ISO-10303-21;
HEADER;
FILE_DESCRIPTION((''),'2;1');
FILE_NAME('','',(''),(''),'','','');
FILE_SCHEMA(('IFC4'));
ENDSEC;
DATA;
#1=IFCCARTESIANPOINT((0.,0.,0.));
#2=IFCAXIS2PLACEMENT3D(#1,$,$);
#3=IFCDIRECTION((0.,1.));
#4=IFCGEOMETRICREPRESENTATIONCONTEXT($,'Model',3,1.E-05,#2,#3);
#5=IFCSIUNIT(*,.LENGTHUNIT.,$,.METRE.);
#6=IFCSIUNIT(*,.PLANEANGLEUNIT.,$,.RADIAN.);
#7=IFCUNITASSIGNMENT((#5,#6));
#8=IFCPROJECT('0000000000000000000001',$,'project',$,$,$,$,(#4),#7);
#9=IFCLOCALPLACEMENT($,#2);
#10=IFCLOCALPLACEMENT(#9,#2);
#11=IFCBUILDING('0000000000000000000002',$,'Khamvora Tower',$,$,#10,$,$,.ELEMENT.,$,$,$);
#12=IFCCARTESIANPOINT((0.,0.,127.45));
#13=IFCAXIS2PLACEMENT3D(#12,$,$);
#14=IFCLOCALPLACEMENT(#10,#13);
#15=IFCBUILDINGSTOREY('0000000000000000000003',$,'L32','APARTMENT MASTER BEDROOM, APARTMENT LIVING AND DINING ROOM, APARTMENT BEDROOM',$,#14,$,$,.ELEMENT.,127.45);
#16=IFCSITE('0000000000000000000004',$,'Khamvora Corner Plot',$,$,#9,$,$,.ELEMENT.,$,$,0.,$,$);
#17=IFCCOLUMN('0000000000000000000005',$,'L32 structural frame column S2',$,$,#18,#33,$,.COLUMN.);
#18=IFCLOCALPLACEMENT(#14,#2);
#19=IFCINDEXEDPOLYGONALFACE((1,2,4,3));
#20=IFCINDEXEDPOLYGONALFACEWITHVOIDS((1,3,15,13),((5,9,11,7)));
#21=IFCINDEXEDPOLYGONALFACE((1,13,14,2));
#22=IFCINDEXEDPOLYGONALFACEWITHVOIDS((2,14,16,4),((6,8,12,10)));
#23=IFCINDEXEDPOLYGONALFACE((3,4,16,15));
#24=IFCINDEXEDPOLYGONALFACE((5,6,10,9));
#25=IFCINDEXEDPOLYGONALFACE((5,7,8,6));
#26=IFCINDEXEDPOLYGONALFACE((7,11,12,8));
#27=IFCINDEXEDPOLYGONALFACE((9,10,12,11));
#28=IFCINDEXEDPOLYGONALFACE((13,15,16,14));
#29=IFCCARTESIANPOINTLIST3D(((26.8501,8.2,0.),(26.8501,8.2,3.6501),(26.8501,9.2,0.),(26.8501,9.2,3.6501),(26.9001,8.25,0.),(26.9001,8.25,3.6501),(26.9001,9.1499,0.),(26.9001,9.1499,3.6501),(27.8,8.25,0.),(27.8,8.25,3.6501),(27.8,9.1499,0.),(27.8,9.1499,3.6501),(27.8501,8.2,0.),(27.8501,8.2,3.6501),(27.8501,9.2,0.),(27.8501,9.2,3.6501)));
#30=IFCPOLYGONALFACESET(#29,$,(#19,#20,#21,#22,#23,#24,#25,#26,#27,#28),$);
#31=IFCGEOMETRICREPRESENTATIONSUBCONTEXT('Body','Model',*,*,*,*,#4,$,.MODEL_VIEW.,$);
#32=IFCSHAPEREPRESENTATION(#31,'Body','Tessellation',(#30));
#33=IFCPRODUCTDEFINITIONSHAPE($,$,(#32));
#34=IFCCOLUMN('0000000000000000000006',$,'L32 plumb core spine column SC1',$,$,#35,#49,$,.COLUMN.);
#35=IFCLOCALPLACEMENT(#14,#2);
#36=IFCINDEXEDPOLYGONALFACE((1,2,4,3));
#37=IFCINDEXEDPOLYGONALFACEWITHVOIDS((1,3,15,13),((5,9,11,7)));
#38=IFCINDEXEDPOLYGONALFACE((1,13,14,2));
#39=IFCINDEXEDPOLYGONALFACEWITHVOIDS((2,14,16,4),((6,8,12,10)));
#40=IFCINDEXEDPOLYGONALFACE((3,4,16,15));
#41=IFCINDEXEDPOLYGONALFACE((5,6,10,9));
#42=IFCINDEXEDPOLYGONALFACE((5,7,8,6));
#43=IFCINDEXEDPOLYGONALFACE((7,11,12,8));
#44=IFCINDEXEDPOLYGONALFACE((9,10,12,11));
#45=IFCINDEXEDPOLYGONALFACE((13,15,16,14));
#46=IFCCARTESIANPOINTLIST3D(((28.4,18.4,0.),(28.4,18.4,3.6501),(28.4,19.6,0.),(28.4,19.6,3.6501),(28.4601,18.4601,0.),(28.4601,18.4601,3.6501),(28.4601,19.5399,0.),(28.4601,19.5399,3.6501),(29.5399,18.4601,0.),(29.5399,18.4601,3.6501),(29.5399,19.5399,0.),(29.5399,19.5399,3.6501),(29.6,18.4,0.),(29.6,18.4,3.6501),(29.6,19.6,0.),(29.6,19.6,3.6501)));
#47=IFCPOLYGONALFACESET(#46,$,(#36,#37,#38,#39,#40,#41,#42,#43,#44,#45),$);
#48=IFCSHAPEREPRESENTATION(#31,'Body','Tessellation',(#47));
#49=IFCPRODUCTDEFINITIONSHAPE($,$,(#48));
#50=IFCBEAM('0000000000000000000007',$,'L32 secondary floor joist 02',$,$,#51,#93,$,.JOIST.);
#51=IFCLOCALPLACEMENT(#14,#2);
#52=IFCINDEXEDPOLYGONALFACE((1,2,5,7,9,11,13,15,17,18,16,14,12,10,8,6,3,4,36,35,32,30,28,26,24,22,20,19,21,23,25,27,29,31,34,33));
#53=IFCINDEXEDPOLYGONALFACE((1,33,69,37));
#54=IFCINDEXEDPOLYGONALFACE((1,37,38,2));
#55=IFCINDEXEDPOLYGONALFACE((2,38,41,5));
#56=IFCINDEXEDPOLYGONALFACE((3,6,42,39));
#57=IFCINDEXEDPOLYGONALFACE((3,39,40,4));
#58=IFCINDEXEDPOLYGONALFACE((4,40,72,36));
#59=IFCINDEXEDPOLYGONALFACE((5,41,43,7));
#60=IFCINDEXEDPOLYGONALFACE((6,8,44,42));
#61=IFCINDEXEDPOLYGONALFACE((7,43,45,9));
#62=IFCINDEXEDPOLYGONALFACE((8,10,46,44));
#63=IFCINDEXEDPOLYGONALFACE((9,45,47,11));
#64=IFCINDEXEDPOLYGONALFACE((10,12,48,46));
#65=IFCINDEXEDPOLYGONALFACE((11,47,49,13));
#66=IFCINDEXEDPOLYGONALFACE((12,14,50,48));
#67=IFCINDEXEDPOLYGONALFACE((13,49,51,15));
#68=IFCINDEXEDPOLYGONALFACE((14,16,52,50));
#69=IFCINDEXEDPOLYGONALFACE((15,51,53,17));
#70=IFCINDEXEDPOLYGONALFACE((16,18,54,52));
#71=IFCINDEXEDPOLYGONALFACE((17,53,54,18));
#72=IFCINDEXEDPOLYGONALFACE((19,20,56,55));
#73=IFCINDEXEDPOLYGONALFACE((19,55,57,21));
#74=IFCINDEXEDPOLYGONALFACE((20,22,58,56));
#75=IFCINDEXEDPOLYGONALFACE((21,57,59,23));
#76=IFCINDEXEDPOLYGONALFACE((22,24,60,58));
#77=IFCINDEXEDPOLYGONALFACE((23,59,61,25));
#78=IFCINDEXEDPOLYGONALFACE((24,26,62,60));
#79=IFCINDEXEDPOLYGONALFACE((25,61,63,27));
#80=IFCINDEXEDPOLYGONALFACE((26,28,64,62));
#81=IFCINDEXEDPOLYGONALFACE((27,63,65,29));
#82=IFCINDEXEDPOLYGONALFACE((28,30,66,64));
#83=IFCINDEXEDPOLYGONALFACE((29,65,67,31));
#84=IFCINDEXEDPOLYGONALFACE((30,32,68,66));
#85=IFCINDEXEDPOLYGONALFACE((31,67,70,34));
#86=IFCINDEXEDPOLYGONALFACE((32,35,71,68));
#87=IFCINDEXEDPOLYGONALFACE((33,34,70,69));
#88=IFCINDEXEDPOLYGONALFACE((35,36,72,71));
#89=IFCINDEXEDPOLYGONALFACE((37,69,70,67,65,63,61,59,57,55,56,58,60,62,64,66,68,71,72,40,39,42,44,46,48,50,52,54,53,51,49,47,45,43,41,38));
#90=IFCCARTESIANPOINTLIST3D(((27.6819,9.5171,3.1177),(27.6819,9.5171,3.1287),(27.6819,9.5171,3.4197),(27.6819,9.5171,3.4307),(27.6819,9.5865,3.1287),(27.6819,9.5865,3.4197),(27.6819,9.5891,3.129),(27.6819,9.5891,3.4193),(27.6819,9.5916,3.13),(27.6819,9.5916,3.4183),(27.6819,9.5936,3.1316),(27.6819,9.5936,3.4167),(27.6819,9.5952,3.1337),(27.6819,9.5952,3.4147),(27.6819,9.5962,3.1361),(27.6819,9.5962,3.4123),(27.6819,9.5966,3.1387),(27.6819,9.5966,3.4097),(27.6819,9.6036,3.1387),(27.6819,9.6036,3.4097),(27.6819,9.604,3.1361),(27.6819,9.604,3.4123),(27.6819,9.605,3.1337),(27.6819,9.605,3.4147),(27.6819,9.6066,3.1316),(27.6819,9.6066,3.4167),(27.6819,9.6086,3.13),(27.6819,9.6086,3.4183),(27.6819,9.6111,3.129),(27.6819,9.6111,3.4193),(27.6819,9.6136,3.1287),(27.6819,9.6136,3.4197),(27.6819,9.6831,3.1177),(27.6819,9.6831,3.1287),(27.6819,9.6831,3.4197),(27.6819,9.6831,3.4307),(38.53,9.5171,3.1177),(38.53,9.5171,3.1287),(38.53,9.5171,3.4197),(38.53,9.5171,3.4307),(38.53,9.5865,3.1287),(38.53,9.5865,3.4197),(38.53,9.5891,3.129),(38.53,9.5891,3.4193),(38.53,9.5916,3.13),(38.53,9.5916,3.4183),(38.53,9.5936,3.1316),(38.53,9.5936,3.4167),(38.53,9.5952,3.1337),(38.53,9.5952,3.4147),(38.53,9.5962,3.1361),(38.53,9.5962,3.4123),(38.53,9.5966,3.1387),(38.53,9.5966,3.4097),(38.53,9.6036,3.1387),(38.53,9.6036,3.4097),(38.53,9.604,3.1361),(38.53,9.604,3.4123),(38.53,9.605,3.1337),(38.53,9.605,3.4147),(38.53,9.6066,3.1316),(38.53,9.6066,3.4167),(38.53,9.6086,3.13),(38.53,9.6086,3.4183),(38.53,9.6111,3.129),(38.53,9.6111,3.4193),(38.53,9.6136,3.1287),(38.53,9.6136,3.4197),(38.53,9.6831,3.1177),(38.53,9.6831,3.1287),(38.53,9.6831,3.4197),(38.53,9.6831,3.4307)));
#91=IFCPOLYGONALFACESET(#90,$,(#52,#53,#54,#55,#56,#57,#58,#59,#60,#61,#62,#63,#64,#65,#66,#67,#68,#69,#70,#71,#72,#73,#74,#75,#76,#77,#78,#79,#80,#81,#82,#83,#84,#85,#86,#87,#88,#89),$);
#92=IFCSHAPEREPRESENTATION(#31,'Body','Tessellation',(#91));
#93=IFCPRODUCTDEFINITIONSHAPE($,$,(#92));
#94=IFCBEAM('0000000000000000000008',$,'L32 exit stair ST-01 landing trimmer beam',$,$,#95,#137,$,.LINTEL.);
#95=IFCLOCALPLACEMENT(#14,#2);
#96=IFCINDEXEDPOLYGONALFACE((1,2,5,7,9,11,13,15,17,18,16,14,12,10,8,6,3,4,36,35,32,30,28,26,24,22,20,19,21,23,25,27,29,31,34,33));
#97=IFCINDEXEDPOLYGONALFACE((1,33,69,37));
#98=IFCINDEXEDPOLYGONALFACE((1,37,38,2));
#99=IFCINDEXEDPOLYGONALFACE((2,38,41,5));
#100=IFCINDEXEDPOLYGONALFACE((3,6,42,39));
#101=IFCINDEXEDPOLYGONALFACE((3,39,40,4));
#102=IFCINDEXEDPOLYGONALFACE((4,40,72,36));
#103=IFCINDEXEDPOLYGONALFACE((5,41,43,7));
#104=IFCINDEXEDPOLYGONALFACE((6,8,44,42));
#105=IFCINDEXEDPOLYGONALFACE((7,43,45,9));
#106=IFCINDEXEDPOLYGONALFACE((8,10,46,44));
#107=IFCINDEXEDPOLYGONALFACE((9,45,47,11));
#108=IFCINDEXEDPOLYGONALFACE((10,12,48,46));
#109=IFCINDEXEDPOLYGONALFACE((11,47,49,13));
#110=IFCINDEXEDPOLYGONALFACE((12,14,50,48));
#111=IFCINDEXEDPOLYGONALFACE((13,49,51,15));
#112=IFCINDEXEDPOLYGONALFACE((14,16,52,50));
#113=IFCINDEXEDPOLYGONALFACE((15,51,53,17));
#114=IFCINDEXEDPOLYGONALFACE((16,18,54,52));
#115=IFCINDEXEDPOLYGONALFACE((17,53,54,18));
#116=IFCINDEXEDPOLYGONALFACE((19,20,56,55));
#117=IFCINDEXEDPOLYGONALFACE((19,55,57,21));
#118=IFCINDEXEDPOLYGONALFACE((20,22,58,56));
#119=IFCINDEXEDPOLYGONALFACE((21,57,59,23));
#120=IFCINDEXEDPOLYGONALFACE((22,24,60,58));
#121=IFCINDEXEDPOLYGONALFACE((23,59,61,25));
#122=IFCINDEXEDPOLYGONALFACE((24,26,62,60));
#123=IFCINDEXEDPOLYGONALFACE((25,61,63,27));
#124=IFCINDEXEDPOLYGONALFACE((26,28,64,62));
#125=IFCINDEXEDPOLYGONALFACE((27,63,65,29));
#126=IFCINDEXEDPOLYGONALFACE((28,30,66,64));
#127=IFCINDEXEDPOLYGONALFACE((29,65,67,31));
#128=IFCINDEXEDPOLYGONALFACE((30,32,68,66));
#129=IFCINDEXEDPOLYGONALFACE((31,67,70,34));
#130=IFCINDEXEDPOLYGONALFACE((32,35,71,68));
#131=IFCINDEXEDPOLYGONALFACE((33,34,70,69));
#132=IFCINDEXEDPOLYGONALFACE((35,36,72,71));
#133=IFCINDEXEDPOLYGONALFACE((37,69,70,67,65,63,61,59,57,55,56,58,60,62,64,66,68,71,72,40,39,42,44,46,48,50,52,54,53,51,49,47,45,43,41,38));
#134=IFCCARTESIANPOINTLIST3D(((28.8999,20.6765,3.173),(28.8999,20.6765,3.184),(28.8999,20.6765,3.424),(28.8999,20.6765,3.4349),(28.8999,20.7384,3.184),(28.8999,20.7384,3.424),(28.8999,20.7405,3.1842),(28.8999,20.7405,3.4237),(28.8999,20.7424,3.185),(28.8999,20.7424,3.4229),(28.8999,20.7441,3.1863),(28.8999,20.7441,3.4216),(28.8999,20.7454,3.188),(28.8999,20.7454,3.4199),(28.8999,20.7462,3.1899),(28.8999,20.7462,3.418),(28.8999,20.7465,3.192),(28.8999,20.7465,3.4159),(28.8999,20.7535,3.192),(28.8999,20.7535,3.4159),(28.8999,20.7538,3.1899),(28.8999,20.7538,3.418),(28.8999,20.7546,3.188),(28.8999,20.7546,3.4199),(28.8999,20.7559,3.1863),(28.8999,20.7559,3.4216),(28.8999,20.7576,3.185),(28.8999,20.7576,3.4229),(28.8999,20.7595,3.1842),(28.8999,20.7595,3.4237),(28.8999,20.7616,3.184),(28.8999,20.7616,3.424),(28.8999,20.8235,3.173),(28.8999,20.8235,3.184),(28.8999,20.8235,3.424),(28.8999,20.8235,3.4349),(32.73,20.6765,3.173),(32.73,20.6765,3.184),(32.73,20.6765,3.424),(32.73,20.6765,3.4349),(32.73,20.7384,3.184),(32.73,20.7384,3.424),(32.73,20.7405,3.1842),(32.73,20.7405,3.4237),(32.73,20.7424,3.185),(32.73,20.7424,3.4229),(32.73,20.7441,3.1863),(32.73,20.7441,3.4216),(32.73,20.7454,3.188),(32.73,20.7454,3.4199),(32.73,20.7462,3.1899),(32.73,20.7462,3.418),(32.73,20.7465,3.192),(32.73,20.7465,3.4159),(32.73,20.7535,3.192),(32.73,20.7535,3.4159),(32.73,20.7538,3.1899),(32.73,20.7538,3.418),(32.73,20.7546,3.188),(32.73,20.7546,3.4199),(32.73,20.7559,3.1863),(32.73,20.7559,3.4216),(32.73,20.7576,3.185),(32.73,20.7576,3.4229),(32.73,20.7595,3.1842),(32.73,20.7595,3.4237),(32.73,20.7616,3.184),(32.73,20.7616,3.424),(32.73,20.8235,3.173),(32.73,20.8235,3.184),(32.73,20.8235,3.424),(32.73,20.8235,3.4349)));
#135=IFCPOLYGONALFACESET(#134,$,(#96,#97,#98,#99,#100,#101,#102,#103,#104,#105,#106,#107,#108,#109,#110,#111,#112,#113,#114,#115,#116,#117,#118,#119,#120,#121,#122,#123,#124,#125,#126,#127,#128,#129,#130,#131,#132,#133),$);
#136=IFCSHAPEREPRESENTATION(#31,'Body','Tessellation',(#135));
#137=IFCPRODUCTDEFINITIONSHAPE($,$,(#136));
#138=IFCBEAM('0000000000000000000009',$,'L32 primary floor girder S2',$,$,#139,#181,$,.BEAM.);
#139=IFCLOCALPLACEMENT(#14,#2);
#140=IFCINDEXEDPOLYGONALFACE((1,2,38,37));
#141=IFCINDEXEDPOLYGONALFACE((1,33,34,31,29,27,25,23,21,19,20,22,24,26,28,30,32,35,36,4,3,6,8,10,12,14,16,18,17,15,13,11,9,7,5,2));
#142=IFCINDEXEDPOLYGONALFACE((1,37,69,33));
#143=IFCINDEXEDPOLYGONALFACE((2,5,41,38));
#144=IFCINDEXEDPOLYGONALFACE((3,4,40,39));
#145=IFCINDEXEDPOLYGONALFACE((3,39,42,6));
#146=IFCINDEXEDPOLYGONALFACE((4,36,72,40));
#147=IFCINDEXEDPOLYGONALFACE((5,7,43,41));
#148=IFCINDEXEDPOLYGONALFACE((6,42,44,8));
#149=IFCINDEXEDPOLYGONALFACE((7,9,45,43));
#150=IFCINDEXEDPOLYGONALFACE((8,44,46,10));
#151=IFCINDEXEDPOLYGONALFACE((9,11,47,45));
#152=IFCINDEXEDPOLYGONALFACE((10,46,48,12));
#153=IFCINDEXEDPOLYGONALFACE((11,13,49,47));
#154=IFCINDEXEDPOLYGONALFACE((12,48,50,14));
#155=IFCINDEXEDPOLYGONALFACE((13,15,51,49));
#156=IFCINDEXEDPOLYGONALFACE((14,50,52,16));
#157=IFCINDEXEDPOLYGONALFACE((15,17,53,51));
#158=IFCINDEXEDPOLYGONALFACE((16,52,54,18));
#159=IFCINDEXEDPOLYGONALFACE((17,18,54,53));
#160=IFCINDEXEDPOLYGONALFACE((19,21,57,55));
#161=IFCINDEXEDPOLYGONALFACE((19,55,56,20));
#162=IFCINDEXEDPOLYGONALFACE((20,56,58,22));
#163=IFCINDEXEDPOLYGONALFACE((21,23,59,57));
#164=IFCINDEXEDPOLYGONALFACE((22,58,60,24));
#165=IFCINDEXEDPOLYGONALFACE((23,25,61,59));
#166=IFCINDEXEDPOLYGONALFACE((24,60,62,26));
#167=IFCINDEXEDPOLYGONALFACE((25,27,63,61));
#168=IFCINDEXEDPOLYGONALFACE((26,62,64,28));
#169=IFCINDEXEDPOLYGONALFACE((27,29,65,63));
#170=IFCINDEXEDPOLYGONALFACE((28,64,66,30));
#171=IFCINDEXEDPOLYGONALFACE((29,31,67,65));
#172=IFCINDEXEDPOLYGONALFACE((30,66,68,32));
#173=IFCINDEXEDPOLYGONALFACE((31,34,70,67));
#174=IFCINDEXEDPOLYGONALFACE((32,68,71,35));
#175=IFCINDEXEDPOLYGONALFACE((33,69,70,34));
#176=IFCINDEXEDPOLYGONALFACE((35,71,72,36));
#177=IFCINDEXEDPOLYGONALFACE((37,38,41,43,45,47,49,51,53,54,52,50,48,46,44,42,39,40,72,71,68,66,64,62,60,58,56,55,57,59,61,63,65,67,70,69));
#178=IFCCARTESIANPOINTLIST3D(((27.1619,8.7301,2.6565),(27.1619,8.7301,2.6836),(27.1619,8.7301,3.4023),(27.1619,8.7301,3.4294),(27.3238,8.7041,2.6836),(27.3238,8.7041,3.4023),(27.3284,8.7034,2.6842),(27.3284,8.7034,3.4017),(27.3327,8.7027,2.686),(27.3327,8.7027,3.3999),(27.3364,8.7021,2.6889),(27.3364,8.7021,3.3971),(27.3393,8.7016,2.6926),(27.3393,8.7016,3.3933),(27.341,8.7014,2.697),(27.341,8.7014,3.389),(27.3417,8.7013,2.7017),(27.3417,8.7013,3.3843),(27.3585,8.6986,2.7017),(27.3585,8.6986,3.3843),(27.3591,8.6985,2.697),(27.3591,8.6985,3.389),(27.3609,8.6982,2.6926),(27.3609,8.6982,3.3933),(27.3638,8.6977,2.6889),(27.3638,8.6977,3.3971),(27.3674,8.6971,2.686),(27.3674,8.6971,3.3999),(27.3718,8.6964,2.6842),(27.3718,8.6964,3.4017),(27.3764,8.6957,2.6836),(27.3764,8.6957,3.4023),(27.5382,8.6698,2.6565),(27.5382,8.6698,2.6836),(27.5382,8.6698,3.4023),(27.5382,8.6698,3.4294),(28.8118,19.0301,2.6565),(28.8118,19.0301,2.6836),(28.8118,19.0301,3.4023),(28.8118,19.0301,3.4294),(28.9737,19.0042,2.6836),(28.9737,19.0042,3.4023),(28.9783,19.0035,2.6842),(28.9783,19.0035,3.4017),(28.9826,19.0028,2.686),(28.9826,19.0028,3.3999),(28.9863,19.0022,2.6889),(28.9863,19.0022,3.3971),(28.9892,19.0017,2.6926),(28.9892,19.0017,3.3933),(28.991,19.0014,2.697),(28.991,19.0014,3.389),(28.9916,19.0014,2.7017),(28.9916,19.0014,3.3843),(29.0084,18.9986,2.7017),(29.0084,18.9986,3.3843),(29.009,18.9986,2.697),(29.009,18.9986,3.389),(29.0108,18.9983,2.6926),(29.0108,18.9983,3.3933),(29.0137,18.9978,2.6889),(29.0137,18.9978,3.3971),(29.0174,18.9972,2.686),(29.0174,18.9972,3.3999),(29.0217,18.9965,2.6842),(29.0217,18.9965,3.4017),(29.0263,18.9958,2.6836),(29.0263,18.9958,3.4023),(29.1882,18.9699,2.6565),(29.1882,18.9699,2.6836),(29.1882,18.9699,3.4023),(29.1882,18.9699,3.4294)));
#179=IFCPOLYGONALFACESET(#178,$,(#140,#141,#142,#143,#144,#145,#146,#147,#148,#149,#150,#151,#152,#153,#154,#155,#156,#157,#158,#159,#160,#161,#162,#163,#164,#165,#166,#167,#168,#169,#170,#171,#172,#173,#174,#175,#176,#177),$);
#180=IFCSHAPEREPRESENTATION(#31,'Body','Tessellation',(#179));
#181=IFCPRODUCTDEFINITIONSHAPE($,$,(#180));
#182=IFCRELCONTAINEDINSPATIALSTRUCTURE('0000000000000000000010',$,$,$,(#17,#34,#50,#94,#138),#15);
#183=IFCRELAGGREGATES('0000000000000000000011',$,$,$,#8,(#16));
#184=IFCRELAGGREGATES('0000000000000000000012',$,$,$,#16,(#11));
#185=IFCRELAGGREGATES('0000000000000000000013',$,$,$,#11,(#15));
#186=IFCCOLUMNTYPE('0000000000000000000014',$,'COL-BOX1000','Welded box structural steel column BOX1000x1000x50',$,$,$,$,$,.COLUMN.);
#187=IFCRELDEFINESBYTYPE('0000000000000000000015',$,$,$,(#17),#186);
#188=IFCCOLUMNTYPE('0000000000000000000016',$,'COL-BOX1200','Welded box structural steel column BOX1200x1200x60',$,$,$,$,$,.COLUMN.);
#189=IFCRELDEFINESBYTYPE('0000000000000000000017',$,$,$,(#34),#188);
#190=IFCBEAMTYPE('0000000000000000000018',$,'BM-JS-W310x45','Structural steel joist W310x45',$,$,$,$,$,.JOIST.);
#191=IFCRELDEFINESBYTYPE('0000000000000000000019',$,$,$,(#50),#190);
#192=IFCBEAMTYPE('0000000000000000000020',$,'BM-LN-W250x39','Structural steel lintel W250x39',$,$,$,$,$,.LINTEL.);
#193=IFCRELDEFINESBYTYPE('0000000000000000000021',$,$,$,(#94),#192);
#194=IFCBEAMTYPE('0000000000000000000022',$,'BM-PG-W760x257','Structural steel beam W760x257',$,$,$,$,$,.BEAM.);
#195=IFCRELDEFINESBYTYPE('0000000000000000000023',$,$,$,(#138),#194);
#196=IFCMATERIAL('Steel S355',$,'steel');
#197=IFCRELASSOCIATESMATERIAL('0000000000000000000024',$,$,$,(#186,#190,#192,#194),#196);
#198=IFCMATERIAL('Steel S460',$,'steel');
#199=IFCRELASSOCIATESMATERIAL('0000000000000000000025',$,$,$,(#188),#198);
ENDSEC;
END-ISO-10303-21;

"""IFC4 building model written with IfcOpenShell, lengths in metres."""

from ifc_helpers import new_model, si_unit, direction, frame, origin, origin_2d, place, context, subcontext, project, spatial, hollow_rectangle, i_section, extrude, material, material_profile, profile_set, type_object, element, save


model = new_model("IFC4")

# Units and contexts
model_context = context("Model", 3, precision=1e-05, world=origin(), true_north=direction((0.0, 1.0)))
body_context = subcontext(model_context, "Body", "Model", "MODEL_VIEW")
ifc_project = project(units=[si_unit("LENGTHUNIT", "METRE"), si_unit("PLANEANGLEUNIT", "RADIAN")], contexts=[model_context])

# Site, building, storey
site_placement = place(None, origin())
site = spatial("IfcSite", under=ifc_project, at=site_placement, Name="Khamvora Corner Plot", CompositionType="ELEMENT", RefElevation=0.0)
building_placement = place(site_placement, origin())
building = spatial("IfcBuilding", under=site, at=building_placement, Name="Khamvora Tower", CompositionType="ELEMENT")
storey_placement = place(building_placement, frame((0.0, 0.0, 127.45)))
storey = spatial("IfcBuildingStorey", under=building, at=storey_placement, Name="L32", Description="APARTMENT MASTER BEDROOM, APARTMENT LIVING AND DINING ROOM, APARTMENT BEDROOM", CompositionType="ELEMENT", Elevation=127.45)

# Columns
ifc_material_1 = material(Name="Steel S355", Category="steel")
ifc_material_profile_1 = material_profile(ifc_material_1, hollow_rectangle(XDim=1.0, YDim=1.0, WallThickness=0.05, at=origin_2d()), Name="BOX1000x1000x50")
ifc_profile_set_1 = profile_set([ifc_material_profile_1], Name="Steel S355")
column_type_1 = type_object("IfcColumnType", Name="COL-BOX1000", Description="Welded box structural steel column BOX1000x1000x50", PredefinedType="COLUMN", material=ifc_profile_set_1)
column_1_placement = place(storey_placement, frame((27.3501, 8.7, 0.0), z_axis=(0.0, 0.0, 1.0), x_axis=(1.0, 0.0, 0.0)))
element("IfcColumn", 1, at=column_1_placement, inside=storey, type_object=column_type_1, Name="L32 structural frame column S2", PredefinedType="COLUMN", context=body_context, shape_type="SweptSolid", body=[
    extrude(hollow_rectangle(XDim=1.0, YDim=1.0, WallThickness=0.05, at=origin_2d()), origin(), (0.0, 0.0, 1.0), 3.6501),
])
ifc_material_2 = material(Name="Steel S460", Category="steel")
ifc_material_profile_2 = material_profile(ifc_material_2, hollow_rectangle(XDim=1.2, YDim=1.2, WallThickness=0.0601, at=origin_2d()), Name="BOX1200x1200x60")
ifc_profile_set_2 = profile_set([ifc_material_profile_2], Name="Steel S460")
column_type_2 = type_object("IfcColumnType", Name="COL-BOX1200", Description="Welded box structural steel column BOX1200x1200x60", PredefinedType="COLUMN", material=ifc_profile_set_2)
column_2_placement = place(storey_placement, frame((29.0, 19.0, 0.0), z_axis=(0.0, 0.0, 1.0), x_axis=(1.0, 0.0, 0.0)))
element("IfcColumn", 2, at=column_2_placement, inside=storey, type_object=column_type_2, Name="L32 plumb core spine column SC1", PredefinedType="COLUMN", context=body_context, shape_type="SweptSolid", body=[
    extrude(hollow_rectangle(XDim=1.2, YDim=1.2, WallThickness=0.0601, at=origin_2d()), origin(), (0.0, 0.0, 1.0), 3.6501),
])

# Beams
ifc_material_profile_3 = material_profile(ifc_material_1, i_section(OverallWidth=0.166, OverallDepth=0.313, WebThickness=0.0071, FlangeThickness=0.011, FilletRadius=0.01, at=origin_2d()), Name="W310x45")
ifc_profile_set_3 = profile_set([ifc_material_profile_3], Name="Steel S355")
beam_type_1 = type_object("IfcBeamType", Name="BM-JS-W310x45", Description="Structural steel joist W310x45", PredefinedType="JOIST", material=ifc_profile_set_3)
beam_1_placement = place(storey_placement, frame((27.6819, 9.6001, 3.2742), z_axis=(1.0, 0.0, 0.0), x_axis=(0.0, 1.0, 0.0)))
element("IfcBeam", 3, at=beam_1_placement, inside=storey, type_object=beam_type_1, Name="L32 secondary floor joist 02", PredefinedType="JOIST", context=body_context, shape_type="SweptSolid", body=[
    extrude(i_section(OverallWidth=0.166, OverallDepth=0.313, WebThickness=0.0071, FlangeThickness=0.011, FilletRadius=0.01, at=origin_2d()), origin(), (0.0, 0.0, 1.0), 10.8481),
])
ifc_material_profile_4 = material_profile(ifc_material_1, i_section(OverallWidth=0.147, OverallDepth=0.262, WebThickness=0.0071, FlangeThickness=0.011, FilletRadius=0.0081, at=origin_2d()), Name="W250x39")
ifc_profile_set_4 = profile_set([ifc_material_profile_4], Name="Steel S355")
beam_type_2 = type_object("IfcBeamType", Name="BM-LN-W250x39", Description="Structural steel lintel W250x39", PredefinedType="LINTEL", material=ifc_profile_set_4)
beam_2_placement = place(storey_placement, frame((28.8999, 20.75, 3.304), z_axis=(1.0, 0.0, 0.0), x_axis=(0.0, 1.0, 0.0)))
element("IfcBeam", 4, at=beam_2_placement, inside=storey, type_object=beam_type_2, Name="L32 exit stair ST-01 landing trimmer beam", PredefinedType="LINTEL", context=body_context, shape_type="SweptSolid", body=[
    extrude(i_section(OverallWidth=0.147, OverallDepth=0.262, WebThickness=0.0071, FlangeThickness=0.011, FilletRadius=0.0081, at=origin_2d()), origin(), (0.0, 0.0, 1.0), 3.8301),
])
ifc_material_profile_5 = material_profile(ifc_material_1, i_section(OverallWidth=0.3811, OverallDepth=0.7729, WebThickness=0.0171, FlangeThickness=0.0271, FilletRadius=0.0181, at=origin_2d()), Name="W760x257")
ifc_profile_set_5 = profile_set([ifc_material_profile_5], Name="Steel S355")
beam_type_3 = type_object("IfcBeamType", Name="BM-PG-W760x257", Description="Structural steel beam W760x257", PredefinedType="BEAM", material=ifc_profile_set_5)
beam_3_placement = place(storey_placement, frame((29.0, 19.0, 3.043), z_axis=(-0.158168, -0.987412, 0.0), x_axis=(0.987412, -0.158168, 0.0)))
element("IfcBeam", 5, at=beam_3_placement, inside=storey, type_object=beam_type_3, Name="L32 primary floor girder S2", PredefinedType="BEAM", context=body_context, shape_type="SweptSolid", body=[
    extrude(i_section(OverallWidth=0.3811, OverallDepth=0.7729, WebThickness=0.0171, FlangeThickness=0.0271, FilletRadius=0.0181, at=origin_2d()), origin(), (0.0, 0.0, 1.0), 10.4314),
])

save(model, "model.ifc")
